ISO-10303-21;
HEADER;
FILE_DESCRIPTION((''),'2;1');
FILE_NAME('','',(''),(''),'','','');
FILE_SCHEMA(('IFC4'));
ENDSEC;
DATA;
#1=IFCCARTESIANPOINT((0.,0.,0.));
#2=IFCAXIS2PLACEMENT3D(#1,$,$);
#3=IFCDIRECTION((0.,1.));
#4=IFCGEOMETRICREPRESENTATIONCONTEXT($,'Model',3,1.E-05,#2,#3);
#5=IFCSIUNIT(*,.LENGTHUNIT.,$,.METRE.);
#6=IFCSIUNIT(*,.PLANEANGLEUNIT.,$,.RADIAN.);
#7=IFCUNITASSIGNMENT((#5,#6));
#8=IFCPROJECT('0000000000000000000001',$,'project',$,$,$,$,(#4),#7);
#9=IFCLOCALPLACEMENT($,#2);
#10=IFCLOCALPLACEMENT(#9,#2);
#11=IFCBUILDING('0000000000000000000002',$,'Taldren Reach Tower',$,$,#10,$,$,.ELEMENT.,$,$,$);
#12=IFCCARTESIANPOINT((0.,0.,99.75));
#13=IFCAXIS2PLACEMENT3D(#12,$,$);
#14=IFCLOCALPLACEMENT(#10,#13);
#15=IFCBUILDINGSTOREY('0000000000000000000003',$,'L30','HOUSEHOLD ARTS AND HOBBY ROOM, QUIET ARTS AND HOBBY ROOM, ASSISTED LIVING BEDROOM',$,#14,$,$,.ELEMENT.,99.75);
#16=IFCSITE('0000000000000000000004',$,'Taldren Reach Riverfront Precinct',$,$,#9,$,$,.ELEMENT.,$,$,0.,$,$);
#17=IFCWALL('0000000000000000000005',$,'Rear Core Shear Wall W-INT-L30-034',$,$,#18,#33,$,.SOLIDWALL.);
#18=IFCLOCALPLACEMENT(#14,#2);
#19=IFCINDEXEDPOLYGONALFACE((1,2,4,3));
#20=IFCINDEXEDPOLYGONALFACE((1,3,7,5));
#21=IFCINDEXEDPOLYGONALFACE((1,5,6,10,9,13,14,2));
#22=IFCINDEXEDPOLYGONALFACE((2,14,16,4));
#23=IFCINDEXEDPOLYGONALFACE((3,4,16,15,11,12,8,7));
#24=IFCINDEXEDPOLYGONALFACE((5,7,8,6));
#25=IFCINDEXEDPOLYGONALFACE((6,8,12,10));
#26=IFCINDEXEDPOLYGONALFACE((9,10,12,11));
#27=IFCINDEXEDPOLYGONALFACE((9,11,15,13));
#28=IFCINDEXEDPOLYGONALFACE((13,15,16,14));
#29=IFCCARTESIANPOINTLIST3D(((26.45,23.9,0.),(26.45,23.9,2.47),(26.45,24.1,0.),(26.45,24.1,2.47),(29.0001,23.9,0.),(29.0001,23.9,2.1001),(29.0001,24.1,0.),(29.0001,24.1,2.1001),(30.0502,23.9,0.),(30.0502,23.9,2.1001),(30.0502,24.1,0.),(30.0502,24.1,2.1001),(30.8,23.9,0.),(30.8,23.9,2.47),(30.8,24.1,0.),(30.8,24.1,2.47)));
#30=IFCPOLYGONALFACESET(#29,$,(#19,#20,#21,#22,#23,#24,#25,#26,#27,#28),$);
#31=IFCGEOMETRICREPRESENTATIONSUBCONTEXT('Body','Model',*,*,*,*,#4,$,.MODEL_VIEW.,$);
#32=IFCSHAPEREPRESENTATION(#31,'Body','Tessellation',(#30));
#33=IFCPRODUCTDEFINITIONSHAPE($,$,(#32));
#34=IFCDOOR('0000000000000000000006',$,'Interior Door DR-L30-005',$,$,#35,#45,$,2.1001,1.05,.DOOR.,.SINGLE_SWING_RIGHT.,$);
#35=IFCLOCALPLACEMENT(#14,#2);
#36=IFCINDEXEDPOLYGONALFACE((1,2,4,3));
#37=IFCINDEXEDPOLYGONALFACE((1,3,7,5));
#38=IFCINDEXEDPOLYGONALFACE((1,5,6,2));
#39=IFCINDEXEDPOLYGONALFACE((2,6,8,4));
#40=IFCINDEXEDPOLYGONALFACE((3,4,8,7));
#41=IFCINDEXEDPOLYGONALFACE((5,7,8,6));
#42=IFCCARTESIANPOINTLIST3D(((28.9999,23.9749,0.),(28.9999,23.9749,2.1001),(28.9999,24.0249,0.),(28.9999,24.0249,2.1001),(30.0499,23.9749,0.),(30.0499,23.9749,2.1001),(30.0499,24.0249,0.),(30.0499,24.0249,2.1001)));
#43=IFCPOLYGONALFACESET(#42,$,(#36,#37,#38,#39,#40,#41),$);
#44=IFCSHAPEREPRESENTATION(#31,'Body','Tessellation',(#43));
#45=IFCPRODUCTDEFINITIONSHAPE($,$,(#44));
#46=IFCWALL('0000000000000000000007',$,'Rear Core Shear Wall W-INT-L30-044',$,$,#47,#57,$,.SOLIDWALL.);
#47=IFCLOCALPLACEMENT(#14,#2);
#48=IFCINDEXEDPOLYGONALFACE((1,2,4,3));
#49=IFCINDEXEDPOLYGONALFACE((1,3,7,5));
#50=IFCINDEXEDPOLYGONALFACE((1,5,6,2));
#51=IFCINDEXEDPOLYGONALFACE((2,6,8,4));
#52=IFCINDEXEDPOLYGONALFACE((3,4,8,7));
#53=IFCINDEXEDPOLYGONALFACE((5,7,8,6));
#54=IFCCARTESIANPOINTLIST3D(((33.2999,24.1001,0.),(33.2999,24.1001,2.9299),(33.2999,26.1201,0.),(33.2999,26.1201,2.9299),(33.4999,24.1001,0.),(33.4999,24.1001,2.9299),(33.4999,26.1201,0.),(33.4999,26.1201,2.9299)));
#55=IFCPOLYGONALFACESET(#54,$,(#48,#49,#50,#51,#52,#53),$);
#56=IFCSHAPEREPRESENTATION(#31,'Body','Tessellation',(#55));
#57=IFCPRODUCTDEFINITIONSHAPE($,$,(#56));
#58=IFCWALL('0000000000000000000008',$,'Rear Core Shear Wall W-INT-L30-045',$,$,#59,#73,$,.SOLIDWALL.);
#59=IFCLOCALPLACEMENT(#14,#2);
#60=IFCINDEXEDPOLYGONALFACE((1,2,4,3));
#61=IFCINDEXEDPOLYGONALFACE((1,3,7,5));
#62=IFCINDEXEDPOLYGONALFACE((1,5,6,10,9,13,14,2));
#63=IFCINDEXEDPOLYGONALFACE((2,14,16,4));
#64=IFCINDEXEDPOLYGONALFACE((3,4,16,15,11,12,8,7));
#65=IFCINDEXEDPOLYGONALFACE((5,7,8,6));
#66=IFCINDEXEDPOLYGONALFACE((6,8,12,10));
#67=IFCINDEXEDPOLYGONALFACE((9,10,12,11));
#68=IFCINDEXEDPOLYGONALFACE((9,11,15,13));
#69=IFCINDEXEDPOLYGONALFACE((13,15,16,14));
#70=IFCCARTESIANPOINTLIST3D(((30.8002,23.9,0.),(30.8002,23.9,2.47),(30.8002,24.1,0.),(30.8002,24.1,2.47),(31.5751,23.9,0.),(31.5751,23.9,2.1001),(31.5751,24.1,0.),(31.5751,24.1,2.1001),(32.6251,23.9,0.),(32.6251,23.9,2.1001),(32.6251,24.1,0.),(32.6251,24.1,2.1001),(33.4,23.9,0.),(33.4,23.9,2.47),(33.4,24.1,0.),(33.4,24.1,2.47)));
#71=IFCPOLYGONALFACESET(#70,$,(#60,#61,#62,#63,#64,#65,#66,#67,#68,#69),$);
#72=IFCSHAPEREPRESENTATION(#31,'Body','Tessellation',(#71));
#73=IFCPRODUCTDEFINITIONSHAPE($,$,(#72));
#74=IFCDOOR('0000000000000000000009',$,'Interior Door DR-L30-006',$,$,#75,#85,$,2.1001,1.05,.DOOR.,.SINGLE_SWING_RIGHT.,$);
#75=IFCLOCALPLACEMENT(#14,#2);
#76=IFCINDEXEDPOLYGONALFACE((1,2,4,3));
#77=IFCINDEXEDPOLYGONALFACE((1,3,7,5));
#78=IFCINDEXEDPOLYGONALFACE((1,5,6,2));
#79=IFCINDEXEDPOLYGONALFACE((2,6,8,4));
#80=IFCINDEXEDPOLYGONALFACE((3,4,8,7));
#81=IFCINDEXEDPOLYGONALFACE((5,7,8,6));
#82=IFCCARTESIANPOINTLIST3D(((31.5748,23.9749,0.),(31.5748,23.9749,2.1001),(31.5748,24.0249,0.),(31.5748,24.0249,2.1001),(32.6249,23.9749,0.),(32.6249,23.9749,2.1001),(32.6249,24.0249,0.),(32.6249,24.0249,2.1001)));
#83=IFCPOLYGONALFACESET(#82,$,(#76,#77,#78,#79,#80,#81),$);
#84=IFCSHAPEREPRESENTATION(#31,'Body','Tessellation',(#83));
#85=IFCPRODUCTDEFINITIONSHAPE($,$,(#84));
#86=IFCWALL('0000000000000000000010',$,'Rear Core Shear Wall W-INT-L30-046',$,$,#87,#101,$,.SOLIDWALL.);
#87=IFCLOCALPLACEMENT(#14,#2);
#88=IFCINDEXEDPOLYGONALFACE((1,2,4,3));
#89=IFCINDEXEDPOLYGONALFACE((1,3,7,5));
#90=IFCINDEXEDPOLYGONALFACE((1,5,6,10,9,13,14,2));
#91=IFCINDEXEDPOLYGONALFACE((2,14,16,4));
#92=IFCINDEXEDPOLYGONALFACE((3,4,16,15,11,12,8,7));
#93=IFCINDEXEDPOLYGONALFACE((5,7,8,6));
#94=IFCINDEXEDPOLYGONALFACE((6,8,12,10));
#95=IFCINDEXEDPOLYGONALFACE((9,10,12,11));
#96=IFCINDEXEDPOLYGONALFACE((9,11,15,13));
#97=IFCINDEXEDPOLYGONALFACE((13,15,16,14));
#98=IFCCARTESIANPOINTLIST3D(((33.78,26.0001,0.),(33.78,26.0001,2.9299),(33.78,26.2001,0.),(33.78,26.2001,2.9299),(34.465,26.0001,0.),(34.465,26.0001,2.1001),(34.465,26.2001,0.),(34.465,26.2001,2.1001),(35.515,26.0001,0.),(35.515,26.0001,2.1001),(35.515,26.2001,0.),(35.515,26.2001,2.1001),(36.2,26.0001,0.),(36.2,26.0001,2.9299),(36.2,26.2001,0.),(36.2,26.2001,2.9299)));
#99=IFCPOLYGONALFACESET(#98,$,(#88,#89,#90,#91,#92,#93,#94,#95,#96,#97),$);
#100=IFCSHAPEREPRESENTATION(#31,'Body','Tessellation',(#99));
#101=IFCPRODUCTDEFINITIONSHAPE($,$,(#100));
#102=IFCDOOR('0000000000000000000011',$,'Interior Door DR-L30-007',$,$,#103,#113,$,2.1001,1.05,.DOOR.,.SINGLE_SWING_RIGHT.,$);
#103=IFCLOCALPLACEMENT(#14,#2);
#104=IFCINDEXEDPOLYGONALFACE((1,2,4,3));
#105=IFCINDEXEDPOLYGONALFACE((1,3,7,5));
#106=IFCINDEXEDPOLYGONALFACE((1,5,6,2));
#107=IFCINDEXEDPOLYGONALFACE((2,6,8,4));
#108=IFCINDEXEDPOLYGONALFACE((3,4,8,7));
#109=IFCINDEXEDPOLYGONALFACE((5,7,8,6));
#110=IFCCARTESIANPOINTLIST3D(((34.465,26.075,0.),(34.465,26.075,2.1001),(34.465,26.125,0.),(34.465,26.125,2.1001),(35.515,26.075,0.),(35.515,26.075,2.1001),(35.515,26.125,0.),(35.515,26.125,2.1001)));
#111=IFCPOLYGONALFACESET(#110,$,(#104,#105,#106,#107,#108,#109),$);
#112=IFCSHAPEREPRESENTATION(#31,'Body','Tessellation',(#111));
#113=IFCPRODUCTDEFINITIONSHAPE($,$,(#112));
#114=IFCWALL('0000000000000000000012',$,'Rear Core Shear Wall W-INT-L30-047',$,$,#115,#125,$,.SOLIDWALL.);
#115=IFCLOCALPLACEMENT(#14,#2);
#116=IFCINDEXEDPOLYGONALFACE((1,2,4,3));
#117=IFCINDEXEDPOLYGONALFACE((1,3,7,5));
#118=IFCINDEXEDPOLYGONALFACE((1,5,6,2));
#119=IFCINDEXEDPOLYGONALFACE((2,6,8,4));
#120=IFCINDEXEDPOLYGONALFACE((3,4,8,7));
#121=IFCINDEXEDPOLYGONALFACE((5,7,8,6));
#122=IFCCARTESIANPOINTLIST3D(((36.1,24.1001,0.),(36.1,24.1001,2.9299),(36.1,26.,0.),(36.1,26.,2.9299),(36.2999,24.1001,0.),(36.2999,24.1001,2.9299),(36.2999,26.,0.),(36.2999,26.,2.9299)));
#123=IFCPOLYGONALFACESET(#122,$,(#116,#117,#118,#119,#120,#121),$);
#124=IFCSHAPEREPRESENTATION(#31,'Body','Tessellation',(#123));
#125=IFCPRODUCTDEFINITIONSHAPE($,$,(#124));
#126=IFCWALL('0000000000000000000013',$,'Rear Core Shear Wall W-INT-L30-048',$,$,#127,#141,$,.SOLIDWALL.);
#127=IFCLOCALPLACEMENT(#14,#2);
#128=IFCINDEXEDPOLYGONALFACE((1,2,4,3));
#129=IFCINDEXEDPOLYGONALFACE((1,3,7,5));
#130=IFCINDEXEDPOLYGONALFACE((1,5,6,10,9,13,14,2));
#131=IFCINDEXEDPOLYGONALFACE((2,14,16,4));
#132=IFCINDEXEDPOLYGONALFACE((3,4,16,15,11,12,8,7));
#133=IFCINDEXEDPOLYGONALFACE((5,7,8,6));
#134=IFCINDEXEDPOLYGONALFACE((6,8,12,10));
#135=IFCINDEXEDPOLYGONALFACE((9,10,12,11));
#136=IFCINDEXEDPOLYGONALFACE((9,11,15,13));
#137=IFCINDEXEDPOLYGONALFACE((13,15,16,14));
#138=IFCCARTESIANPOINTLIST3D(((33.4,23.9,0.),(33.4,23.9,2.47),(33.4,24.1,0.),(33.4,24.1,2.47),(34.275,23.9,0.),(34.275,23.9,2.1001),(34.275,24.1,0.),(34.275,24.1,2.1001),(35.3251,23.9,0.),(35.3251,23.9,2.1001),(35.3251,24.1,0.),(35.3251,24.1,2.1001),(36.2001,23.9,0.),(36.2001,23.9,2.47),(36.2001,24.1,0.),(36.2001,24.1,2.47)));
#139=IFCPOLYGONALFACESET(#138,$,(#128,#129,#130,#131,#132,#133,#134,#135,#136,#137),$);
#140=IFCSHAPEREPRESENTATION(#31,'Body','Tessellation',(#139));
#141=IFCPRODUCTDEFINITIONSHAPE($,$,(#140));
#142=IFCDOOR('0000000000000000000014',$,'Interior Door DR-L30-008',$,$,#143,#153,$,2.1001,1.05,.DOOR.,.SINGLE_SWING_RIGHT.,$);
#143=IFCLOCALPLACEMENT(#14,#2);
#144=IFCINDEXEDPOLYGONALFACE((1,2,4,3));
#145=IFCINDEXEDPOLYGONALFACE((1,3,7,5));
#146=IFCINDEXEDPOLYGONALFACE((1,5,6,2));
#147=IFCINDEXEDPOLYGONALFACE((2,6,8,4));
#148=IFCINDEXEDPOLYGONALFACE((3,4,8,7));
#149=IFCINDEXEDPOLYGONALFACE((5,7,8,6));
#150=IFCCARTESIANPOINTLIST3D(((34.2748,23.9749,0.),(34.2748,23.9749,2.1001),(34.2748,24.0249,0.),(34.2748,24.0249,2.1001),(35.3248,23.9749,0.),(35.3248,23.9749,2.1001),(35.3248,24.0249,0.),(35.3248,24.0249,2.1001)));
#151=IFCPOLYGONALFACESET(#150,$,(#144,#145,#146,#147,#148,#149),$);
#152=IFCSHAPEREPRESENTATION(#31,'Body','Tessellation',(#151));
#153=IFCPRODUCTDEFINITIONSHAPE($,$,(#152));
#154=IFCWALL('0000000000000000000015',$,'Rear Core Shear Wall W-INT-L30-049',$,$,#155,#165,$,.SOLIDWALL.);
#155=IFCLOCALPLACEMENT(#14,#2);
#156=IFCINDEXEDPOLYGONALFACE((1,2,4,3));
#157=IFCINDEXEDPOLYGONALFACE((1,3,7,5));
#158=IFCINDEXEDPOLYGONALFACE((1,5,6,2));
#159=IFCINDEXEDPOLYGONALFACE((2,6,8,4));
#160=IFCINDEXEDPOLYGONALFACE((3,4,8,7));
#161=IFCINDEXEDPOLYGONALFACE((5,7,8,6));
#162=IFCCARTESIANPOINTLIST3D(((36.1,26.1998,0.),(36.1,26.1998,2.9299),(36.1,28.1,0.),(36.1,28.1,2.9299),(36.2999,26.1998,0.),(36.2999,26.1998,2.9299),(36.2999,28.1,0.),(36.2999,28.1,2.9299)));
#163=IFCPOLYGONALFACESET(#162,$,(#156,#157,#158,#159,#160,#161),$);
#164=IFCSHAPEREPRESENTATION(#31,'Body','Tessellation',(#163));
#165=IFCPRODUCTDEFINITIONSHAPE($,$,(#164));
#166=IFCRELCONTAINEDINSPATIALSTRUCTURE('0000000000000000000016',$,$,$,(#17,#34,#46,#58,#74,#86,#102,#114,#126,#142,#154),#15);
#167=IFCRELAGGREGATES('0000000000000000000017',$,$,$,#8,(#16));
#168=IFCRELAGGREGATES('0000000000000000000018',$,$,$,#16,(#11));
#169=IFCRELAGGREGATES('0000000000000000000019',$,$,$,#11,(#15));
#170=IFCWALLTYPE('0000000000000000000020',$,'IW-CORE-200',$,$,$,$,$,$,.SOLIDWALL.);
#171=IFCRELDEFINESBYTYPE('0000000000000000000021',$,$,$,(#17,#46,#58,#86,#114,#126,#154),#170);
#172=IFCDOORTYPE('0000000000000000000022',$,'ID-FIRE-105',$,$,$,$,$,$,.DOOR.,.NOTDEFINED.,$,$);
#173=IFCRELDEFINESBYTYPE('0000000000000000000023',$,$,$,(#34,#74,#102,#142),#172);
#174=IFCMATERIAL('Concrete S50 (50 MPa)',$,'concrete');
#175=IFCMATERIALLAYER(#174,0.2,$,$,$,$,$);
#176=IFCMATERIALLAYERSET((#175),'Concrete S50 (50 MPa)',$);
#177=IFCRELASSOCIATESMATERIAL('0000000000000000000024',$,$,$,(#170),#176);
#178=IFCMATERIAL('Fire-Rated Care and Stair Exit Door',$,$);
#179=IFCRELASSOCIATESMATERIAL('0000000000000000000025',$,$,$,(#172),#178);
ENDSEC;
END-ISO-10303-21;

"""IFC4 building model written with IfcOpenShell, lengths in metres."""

from ifc_helpers import new_model, si_unit, direction, frame, frame_2d, origin, place, context, subcontext, project, spatial, rectangle, extrude, source, transform, mapped, material, layer, layer_set, type_object, element, fill, save


model = new_model("IFC4")

# Units and contexts
model_context = context("Model", 3, precision=1e-05, world=origin(), true_north=direction((0.0, 1.0)))
body_context = subcontext(model_context, "Body", "Model", "MODEL_VIEW")
ifc_project = project(units=[si_unit("LENGTHUNIT", "METRE"), si_unit("PLANEANGLEUNIT", "RADIAN")], contexts=[model_context])

# Site, building, storey
site_placement = place(None, origin())
site = spatial("IfcSite", under=ifc_project, at=site_placement, Name="Taldren Reach Riverfront Precinct", CompositionType="ELEMENT", RefElevation=0.0)
building_placement = place(site_placement, origin())
building = spatial("IfcBuilding", under=site, at=building_placement, Name="Taldren Reach Tower", CompositionType="ELEMENT")
storey_placement = place(building_placement, frame((0.0, 0.0, 99.75)))
storey = spatial("IfcBuildingStorey", under=building, at=storey_placement, Name="L30", Description="HOUSEHOLD ARTS AND HOBBY ROOM, QUIET ARTS AND HOBBY ROOM, ASSISTED LIVING BEDROOM", CompositionType="ELEMENT", Elevation=99.75)

# Wall, opening, door
ifc_material_1 = material(Name="Concrete S50 (50 MPa)", Category="concrete")
ifc_layer_1 = layer(ifc_material_1, 0.2)
ifc_layer_set_1 = layer_set([ifc_layer_1], Name="Concrete S50 (50 MPa)")
wall_type_1 = type_object("IfcWallType", Name="IW-CORE-200", PredefinedType="SOLIDWALL", material=ifc_layer_set_1)
shared_shape_1 = source(origin(), body_context, "Body", "SweptSolid", [
    extrude(rectangle(XDim=4.3501, YDim=0.2, at=frame_2d((2.175, 0.0))), origin(), (0.0, 0.0, 1.0), 2.47),
])
wall_1_placement = place(storey_placement, frame((30.8, 24.0, 0.0), z_axis=(0.0, 0.0, 1.0), x_axis=(-1.0, 0.0, 0.0)))
wall_1 = element("IfcWall", 1, at=wall_1_placement, inside=storey, type_object=wall_type_1, Name="Rear Core Shear Wall W-INT-L30-034", PredefinedType="SOLIDWALL", context=body_context, shape_type="MappedRepresentation", body=[
    mapped(shared_shape_1, transform((0.0, 0.0, 0.0), scale=1.0)),
])
shared_shape_2 = source(origin(), body_context, "Body", "SweptSolid", [
    extrude(rectangle(XDim=1.05, YDim=2.1001, at=frame_2d((0.5249, 1.05))), frame((0.0, 0.1099, 0.0), z_axis=(0.0, -1.0, 0.0), x_axis=(1.0, 0.0, 0.0)), (0.0, 0.0, 1.0), 0.22),
])
opening_1_placement = place(wall_1_placement, frame((0.75, 0.0, 0.0)))
opening_1 = element("IfcOpeningElement", 2, at=opening_1_placement, cuts=wall_1, PredefinedType="OPENING", context=body_context, shape_type="MappedRepresentation", body=[
    mapped(shared_shape_2, transform((0.0, 0.0, 0.0), scale=1.0)),
])
ifc_material_2 = material(Name="Fire-Rated Care and Stair Exit Door")
door_type = type_object("IfcDoorType", Name="ID-FIRE-105", OperationType="NOTDEFINED", PredefinedType="DOOR", material=ifc_material_2)
shared_shape_3 = source(origin(), body_context, "Body", "SweptSolid", [
    extrude(rectangle(XDim=1.05, YDim=2.1001, at=frame_2d((0.5249, 1.05))), frame((0.0, 0.0249, 0.0), z_axis=(0.0, -1.0, 0.0), x_axis=(1.0, 0.0, 0.0)), (0.0, 0.0, 1.0), 0.05),
])
door_1_placement = place(opening_1_placement, frame((1.05, 0.0, 0.0), z_axis=(0.0, 0.0, 1.0), x_axis=(-1.0, 0.0, 0.0)))
door_1 = element("IfcDoor", 3, at=door_1_placement, inside=storey, type_object=door_type, Name="Interior Door DR-L30-005", OperationType="SINGLE_SWING_RIGHT", OverallHeight=2.1001, OverallWidth=1.05, PredefinedType="DOOR", context=body_context, shape_type="MappedRepresentation", body=[
    mapped(shared_shape_3, transform((0.0, 0.0, 0.0), scale=1.0)),
])
fill(opening_1, door_1)

# Wall
shared_shape_4 = source(origin(), body_context, "Body", "SweptSolid", [
    extrude(rectangle(XDim=2.02, YDim=0.2, at=frame_2d((1.01, 0.0))), origin(), (0.0, 0.0, 1.0), 2.9299),
])
wall_2_placement = place(storey_placement, frame((33.3999, 26.1201, 0.0), z_axis=(0.0, 0.0, 1.0), x_axis=(0.0, -1.0, 0.0)))
element("IfcWall", 4, at=wall_2_placement, inside=storey, type_object=wall_type_1, Name="Rear Core Shear Wall W-INT-L30-044", PredefinedType="SOLIDWALL", context=body_context, shape_type="MappedRepresentation", body=[
    mapped(shared_shape_4, transform((0.0, 0.0, 0.0), scale=1.0)),
])

# Walls, openings, doors
shared_shape_5 = source(origin(), body_context, "Body", "SweptSolid", [
    extrude(rectangle(XDim=2.5999, YDim=0.2, at=frame_2d((1.2998, 0.0))), origin(), (0.0, 0.0, 1.0), 2.47),
])
wall_3_placement = place(storey_placement, frame((33.3999, 24.0, 0.0), z_axis=(0.0, 0.0, 1.0), x_axis=(-1.0, 0.0, 0.0)))
wall_3 = element("IfcWall", 5, at=wall_3_placement, inside=storey, type_object=wall_type_1, Name="Rear Core Shear Wall W-INT-L30-045", PredefinedType="SOLIDWALL", context=body_context, shape_type="MappedRepresentation", body=[
    mapped(shared_shape_5, transform((0.0, 0.0, 0.0), scale=1.0)),
])
opening_2_placement = place(wall_3_placement, frame((0.7749, 0.0, 0.0)))
opening_2 = element("IfcOpeningElement", 6, at=opening_2_placement, cuts=wall_3, PredefinedType="OPENING", context=body_context, shape_type="MappedRepresentation", body=[
    mapped(shared_shape_2, transform((0.0, 0.0, 0.0), scale=1.0)),
])
door_2_placement = place(opening_2_placement, frame((1.05, 0.0, 0.0), z_axis=(0.0, 0.0, 1.0), x_axis=(-1.0, 0.0, 0.0)))
door_2 = element("IfcDoor", 7, at=door_2_placement, inside=storey, type_object=door_type, Name="Interior Door DR-L30-006", OperationType="SINGLE_SWING_RIGHT", OverallHeight=2.1001, OverallWidth=1.05, PredefinedType="DOOR", context=body_context, shape_type="MappedRepresentation", body=[
    mapped(shared_shape_3, transform((0.0, 0.0, 0.0), scale=1.0)),
])
fill(opening_2, door_2)
shared_shape_6 = source(origin(), body_context, "Body", "SweptSolid", [
    extrude(rectangle(XDim=2.4199, YDim=0.2, at=frame_2d((1.21, 0.0))), origin(), (0.0, 0.0, 1.0), 2.9299),
])
wall_4_placement = place(storey_placement, frame((33.78, 26.1001, 0.0), z_axis=(0.0, 0.0, 1.0), x_axis=(1.0, 0.0, 0.0)))
wall_4 = element("IfcWall", 8, at=wall_4_placement, inside=storey, type_object=wall_type_1, Name="Rear Core Shear Wall W-INT-L30-046", PredefinedType="SOLIDWALL", context=body_context, shape_type="MappedRepresentation", body=[
    mapped(shared_shape_6, transform((0.0, 0.0, 0.0), scale=1.0)),
])
opening_3_placement = place(wall_4_placement, frame((0.6851, 0.0, 0.0)))
opening_3 = element("IfcOpeningElement", 9, at=opening_3_placement, cuts=wall_4, PredefinedType="OPENING", context=body_context, shape_type="MappedRepresentation", body=[
    mapped(shared_shape_2, transform((0.0, 0.0, 0.0), scale=1.0)),
])
door_3_placement = place(opening_3_placement, origin())
door_3 = element("IfcDoor", 10, at=door_3_placement, inside=storey, type_object=door_type, Name="Interior Door DR-L30-007", OperationType="SINGLE_SWING_RIGHT", OverallHeight=2.1001, OverallWidth=1.05, PredefinedType="DOOR", context=body_context, shape_type="MappedRepresentation", body=[
    mapped(shared_shape_3, transform((0.0, 0.0, 0.0), scale=1.0)),
])
fill(opening_3, door_3)

# Wall
shared_shape_7 = source(origin(), body_context, "Body", "SweptSolid", [
    extrude(rectangle(XDim=1.8999, YDim=0.2, at=frame_2d((0.95, 0.0))), origin(), (0.0, 0.0, 1.0), 2.9299),
])
wall_5_placement = place(storey_placement, frame((36.2, 26.0, 0.0), z_axis=(0.0, 0.0, 1.0), x_axis=(0.0, -1.0, 0.0)))
element("IfcWall", 11, at=wall_5_placement, inside=storey, type_object=wall_type_1, Name="Rear Core Shear Wall W-INT-L30-047", PredefinedType="SOLIDWALL", context=body_context, shape_type="MappedRepresentation", body=[
    mapped(shared_shape_7, transform((0.0, 0.0, 0.0), scale=1.0)),
])

# Wall, opening, door
shared_shape_8 = source(origin(), body_context, "Body", "SweptSolid", [
    extrude(rectangle(XDim=2.8, YDim=0.2, at=frame_2d((1.3999, 0.0))), origin(), (0.0, 0.0, 1.0), 2.47),
])
wall_6_placement = place(storey_placement, frame((36.2, 24.0, 0.0), z_axis=(0.0, 0.0, 1.0), x_axis=(-1.0, 0.0, 0.0)))
wall_6 = element("IfcWall", 12, at=wall_6_placement, inside=storey, type_object=wall_type_1, Name="Rear Core Shear Wall W-INT-L30-048", PredefinedType="SOLIDWALL", context=body_context, shape_type="MappedRepresentation", body=[
    mapped(shared_shape_8, transform((0.0, 0.0, 0.0), scale=1.0)),
])
opening_4_placement = place(wall_6_placement, frame((0.875, 0.0, 0.0)))
opening_4 = element("IfcOpeningElement", 13, at=opening_4_placement, cuts=wall_6, PredefinedType="OPENING", context=body_context, shape_type="MappedRepresentation", body=[
    mapped(shared_shape_2, transform((0.0, 0.0, 0.0), scale=1.0)),
])
door_4_placement = place(opening_4_placement, frame((1.05, 0.0, 0.0), z_axis=(0.0, 0.0, 1.0), x_axis=(-1.0, 0.0, 0.0)))
door_4 = element("IfcDoor", 14, at=door_4_placement, inside=storey, type_object=door_type, Name="Interior Door DR-L30-008", OperationType="SINGLE_SWING_RIGHT", OverallHeight=2.1001, OverallWidth=1.05, PredefinedType="DOOR", context=body_context, shape_type="MappedRepresentation", body=[
    mapped(shared_shape_3, transform((0.0, 0.0, 0.0), scale=1.0)),
])
fill(opening_4, door_4)

# Wall
shared_shape_9 = source(origin(), body_context, "Body", "SweptSolid", [
    extrude(rectangle(XDim=1.9001, YDim=0.2, at=frame_2d((0.9502, 0.0))), origin(), (0.0, 0.0, 1.0), 2.9299),
])
wall_7_placement = place(storey_placement, frame((36.2, 28.1001, 0.0), z_axis=(0.0, 0.0, 1.0), x_axis=(0.0, -1.0, 0.0)))
element("IfcWall", 15, at=wall_7_placement, inside=storey, type_object=wall_type_1, Name="Rear Core Shear Wall W-INT-L30-049", PredefinedType="SOLIDWALL", context=body_context, shape_type="MappedRepresentation", body=[
    mapped(shared_shape_9, transform((0.0, 0.0, 0.0), scale=1.0)),
])

save(model, "model.ifc")
